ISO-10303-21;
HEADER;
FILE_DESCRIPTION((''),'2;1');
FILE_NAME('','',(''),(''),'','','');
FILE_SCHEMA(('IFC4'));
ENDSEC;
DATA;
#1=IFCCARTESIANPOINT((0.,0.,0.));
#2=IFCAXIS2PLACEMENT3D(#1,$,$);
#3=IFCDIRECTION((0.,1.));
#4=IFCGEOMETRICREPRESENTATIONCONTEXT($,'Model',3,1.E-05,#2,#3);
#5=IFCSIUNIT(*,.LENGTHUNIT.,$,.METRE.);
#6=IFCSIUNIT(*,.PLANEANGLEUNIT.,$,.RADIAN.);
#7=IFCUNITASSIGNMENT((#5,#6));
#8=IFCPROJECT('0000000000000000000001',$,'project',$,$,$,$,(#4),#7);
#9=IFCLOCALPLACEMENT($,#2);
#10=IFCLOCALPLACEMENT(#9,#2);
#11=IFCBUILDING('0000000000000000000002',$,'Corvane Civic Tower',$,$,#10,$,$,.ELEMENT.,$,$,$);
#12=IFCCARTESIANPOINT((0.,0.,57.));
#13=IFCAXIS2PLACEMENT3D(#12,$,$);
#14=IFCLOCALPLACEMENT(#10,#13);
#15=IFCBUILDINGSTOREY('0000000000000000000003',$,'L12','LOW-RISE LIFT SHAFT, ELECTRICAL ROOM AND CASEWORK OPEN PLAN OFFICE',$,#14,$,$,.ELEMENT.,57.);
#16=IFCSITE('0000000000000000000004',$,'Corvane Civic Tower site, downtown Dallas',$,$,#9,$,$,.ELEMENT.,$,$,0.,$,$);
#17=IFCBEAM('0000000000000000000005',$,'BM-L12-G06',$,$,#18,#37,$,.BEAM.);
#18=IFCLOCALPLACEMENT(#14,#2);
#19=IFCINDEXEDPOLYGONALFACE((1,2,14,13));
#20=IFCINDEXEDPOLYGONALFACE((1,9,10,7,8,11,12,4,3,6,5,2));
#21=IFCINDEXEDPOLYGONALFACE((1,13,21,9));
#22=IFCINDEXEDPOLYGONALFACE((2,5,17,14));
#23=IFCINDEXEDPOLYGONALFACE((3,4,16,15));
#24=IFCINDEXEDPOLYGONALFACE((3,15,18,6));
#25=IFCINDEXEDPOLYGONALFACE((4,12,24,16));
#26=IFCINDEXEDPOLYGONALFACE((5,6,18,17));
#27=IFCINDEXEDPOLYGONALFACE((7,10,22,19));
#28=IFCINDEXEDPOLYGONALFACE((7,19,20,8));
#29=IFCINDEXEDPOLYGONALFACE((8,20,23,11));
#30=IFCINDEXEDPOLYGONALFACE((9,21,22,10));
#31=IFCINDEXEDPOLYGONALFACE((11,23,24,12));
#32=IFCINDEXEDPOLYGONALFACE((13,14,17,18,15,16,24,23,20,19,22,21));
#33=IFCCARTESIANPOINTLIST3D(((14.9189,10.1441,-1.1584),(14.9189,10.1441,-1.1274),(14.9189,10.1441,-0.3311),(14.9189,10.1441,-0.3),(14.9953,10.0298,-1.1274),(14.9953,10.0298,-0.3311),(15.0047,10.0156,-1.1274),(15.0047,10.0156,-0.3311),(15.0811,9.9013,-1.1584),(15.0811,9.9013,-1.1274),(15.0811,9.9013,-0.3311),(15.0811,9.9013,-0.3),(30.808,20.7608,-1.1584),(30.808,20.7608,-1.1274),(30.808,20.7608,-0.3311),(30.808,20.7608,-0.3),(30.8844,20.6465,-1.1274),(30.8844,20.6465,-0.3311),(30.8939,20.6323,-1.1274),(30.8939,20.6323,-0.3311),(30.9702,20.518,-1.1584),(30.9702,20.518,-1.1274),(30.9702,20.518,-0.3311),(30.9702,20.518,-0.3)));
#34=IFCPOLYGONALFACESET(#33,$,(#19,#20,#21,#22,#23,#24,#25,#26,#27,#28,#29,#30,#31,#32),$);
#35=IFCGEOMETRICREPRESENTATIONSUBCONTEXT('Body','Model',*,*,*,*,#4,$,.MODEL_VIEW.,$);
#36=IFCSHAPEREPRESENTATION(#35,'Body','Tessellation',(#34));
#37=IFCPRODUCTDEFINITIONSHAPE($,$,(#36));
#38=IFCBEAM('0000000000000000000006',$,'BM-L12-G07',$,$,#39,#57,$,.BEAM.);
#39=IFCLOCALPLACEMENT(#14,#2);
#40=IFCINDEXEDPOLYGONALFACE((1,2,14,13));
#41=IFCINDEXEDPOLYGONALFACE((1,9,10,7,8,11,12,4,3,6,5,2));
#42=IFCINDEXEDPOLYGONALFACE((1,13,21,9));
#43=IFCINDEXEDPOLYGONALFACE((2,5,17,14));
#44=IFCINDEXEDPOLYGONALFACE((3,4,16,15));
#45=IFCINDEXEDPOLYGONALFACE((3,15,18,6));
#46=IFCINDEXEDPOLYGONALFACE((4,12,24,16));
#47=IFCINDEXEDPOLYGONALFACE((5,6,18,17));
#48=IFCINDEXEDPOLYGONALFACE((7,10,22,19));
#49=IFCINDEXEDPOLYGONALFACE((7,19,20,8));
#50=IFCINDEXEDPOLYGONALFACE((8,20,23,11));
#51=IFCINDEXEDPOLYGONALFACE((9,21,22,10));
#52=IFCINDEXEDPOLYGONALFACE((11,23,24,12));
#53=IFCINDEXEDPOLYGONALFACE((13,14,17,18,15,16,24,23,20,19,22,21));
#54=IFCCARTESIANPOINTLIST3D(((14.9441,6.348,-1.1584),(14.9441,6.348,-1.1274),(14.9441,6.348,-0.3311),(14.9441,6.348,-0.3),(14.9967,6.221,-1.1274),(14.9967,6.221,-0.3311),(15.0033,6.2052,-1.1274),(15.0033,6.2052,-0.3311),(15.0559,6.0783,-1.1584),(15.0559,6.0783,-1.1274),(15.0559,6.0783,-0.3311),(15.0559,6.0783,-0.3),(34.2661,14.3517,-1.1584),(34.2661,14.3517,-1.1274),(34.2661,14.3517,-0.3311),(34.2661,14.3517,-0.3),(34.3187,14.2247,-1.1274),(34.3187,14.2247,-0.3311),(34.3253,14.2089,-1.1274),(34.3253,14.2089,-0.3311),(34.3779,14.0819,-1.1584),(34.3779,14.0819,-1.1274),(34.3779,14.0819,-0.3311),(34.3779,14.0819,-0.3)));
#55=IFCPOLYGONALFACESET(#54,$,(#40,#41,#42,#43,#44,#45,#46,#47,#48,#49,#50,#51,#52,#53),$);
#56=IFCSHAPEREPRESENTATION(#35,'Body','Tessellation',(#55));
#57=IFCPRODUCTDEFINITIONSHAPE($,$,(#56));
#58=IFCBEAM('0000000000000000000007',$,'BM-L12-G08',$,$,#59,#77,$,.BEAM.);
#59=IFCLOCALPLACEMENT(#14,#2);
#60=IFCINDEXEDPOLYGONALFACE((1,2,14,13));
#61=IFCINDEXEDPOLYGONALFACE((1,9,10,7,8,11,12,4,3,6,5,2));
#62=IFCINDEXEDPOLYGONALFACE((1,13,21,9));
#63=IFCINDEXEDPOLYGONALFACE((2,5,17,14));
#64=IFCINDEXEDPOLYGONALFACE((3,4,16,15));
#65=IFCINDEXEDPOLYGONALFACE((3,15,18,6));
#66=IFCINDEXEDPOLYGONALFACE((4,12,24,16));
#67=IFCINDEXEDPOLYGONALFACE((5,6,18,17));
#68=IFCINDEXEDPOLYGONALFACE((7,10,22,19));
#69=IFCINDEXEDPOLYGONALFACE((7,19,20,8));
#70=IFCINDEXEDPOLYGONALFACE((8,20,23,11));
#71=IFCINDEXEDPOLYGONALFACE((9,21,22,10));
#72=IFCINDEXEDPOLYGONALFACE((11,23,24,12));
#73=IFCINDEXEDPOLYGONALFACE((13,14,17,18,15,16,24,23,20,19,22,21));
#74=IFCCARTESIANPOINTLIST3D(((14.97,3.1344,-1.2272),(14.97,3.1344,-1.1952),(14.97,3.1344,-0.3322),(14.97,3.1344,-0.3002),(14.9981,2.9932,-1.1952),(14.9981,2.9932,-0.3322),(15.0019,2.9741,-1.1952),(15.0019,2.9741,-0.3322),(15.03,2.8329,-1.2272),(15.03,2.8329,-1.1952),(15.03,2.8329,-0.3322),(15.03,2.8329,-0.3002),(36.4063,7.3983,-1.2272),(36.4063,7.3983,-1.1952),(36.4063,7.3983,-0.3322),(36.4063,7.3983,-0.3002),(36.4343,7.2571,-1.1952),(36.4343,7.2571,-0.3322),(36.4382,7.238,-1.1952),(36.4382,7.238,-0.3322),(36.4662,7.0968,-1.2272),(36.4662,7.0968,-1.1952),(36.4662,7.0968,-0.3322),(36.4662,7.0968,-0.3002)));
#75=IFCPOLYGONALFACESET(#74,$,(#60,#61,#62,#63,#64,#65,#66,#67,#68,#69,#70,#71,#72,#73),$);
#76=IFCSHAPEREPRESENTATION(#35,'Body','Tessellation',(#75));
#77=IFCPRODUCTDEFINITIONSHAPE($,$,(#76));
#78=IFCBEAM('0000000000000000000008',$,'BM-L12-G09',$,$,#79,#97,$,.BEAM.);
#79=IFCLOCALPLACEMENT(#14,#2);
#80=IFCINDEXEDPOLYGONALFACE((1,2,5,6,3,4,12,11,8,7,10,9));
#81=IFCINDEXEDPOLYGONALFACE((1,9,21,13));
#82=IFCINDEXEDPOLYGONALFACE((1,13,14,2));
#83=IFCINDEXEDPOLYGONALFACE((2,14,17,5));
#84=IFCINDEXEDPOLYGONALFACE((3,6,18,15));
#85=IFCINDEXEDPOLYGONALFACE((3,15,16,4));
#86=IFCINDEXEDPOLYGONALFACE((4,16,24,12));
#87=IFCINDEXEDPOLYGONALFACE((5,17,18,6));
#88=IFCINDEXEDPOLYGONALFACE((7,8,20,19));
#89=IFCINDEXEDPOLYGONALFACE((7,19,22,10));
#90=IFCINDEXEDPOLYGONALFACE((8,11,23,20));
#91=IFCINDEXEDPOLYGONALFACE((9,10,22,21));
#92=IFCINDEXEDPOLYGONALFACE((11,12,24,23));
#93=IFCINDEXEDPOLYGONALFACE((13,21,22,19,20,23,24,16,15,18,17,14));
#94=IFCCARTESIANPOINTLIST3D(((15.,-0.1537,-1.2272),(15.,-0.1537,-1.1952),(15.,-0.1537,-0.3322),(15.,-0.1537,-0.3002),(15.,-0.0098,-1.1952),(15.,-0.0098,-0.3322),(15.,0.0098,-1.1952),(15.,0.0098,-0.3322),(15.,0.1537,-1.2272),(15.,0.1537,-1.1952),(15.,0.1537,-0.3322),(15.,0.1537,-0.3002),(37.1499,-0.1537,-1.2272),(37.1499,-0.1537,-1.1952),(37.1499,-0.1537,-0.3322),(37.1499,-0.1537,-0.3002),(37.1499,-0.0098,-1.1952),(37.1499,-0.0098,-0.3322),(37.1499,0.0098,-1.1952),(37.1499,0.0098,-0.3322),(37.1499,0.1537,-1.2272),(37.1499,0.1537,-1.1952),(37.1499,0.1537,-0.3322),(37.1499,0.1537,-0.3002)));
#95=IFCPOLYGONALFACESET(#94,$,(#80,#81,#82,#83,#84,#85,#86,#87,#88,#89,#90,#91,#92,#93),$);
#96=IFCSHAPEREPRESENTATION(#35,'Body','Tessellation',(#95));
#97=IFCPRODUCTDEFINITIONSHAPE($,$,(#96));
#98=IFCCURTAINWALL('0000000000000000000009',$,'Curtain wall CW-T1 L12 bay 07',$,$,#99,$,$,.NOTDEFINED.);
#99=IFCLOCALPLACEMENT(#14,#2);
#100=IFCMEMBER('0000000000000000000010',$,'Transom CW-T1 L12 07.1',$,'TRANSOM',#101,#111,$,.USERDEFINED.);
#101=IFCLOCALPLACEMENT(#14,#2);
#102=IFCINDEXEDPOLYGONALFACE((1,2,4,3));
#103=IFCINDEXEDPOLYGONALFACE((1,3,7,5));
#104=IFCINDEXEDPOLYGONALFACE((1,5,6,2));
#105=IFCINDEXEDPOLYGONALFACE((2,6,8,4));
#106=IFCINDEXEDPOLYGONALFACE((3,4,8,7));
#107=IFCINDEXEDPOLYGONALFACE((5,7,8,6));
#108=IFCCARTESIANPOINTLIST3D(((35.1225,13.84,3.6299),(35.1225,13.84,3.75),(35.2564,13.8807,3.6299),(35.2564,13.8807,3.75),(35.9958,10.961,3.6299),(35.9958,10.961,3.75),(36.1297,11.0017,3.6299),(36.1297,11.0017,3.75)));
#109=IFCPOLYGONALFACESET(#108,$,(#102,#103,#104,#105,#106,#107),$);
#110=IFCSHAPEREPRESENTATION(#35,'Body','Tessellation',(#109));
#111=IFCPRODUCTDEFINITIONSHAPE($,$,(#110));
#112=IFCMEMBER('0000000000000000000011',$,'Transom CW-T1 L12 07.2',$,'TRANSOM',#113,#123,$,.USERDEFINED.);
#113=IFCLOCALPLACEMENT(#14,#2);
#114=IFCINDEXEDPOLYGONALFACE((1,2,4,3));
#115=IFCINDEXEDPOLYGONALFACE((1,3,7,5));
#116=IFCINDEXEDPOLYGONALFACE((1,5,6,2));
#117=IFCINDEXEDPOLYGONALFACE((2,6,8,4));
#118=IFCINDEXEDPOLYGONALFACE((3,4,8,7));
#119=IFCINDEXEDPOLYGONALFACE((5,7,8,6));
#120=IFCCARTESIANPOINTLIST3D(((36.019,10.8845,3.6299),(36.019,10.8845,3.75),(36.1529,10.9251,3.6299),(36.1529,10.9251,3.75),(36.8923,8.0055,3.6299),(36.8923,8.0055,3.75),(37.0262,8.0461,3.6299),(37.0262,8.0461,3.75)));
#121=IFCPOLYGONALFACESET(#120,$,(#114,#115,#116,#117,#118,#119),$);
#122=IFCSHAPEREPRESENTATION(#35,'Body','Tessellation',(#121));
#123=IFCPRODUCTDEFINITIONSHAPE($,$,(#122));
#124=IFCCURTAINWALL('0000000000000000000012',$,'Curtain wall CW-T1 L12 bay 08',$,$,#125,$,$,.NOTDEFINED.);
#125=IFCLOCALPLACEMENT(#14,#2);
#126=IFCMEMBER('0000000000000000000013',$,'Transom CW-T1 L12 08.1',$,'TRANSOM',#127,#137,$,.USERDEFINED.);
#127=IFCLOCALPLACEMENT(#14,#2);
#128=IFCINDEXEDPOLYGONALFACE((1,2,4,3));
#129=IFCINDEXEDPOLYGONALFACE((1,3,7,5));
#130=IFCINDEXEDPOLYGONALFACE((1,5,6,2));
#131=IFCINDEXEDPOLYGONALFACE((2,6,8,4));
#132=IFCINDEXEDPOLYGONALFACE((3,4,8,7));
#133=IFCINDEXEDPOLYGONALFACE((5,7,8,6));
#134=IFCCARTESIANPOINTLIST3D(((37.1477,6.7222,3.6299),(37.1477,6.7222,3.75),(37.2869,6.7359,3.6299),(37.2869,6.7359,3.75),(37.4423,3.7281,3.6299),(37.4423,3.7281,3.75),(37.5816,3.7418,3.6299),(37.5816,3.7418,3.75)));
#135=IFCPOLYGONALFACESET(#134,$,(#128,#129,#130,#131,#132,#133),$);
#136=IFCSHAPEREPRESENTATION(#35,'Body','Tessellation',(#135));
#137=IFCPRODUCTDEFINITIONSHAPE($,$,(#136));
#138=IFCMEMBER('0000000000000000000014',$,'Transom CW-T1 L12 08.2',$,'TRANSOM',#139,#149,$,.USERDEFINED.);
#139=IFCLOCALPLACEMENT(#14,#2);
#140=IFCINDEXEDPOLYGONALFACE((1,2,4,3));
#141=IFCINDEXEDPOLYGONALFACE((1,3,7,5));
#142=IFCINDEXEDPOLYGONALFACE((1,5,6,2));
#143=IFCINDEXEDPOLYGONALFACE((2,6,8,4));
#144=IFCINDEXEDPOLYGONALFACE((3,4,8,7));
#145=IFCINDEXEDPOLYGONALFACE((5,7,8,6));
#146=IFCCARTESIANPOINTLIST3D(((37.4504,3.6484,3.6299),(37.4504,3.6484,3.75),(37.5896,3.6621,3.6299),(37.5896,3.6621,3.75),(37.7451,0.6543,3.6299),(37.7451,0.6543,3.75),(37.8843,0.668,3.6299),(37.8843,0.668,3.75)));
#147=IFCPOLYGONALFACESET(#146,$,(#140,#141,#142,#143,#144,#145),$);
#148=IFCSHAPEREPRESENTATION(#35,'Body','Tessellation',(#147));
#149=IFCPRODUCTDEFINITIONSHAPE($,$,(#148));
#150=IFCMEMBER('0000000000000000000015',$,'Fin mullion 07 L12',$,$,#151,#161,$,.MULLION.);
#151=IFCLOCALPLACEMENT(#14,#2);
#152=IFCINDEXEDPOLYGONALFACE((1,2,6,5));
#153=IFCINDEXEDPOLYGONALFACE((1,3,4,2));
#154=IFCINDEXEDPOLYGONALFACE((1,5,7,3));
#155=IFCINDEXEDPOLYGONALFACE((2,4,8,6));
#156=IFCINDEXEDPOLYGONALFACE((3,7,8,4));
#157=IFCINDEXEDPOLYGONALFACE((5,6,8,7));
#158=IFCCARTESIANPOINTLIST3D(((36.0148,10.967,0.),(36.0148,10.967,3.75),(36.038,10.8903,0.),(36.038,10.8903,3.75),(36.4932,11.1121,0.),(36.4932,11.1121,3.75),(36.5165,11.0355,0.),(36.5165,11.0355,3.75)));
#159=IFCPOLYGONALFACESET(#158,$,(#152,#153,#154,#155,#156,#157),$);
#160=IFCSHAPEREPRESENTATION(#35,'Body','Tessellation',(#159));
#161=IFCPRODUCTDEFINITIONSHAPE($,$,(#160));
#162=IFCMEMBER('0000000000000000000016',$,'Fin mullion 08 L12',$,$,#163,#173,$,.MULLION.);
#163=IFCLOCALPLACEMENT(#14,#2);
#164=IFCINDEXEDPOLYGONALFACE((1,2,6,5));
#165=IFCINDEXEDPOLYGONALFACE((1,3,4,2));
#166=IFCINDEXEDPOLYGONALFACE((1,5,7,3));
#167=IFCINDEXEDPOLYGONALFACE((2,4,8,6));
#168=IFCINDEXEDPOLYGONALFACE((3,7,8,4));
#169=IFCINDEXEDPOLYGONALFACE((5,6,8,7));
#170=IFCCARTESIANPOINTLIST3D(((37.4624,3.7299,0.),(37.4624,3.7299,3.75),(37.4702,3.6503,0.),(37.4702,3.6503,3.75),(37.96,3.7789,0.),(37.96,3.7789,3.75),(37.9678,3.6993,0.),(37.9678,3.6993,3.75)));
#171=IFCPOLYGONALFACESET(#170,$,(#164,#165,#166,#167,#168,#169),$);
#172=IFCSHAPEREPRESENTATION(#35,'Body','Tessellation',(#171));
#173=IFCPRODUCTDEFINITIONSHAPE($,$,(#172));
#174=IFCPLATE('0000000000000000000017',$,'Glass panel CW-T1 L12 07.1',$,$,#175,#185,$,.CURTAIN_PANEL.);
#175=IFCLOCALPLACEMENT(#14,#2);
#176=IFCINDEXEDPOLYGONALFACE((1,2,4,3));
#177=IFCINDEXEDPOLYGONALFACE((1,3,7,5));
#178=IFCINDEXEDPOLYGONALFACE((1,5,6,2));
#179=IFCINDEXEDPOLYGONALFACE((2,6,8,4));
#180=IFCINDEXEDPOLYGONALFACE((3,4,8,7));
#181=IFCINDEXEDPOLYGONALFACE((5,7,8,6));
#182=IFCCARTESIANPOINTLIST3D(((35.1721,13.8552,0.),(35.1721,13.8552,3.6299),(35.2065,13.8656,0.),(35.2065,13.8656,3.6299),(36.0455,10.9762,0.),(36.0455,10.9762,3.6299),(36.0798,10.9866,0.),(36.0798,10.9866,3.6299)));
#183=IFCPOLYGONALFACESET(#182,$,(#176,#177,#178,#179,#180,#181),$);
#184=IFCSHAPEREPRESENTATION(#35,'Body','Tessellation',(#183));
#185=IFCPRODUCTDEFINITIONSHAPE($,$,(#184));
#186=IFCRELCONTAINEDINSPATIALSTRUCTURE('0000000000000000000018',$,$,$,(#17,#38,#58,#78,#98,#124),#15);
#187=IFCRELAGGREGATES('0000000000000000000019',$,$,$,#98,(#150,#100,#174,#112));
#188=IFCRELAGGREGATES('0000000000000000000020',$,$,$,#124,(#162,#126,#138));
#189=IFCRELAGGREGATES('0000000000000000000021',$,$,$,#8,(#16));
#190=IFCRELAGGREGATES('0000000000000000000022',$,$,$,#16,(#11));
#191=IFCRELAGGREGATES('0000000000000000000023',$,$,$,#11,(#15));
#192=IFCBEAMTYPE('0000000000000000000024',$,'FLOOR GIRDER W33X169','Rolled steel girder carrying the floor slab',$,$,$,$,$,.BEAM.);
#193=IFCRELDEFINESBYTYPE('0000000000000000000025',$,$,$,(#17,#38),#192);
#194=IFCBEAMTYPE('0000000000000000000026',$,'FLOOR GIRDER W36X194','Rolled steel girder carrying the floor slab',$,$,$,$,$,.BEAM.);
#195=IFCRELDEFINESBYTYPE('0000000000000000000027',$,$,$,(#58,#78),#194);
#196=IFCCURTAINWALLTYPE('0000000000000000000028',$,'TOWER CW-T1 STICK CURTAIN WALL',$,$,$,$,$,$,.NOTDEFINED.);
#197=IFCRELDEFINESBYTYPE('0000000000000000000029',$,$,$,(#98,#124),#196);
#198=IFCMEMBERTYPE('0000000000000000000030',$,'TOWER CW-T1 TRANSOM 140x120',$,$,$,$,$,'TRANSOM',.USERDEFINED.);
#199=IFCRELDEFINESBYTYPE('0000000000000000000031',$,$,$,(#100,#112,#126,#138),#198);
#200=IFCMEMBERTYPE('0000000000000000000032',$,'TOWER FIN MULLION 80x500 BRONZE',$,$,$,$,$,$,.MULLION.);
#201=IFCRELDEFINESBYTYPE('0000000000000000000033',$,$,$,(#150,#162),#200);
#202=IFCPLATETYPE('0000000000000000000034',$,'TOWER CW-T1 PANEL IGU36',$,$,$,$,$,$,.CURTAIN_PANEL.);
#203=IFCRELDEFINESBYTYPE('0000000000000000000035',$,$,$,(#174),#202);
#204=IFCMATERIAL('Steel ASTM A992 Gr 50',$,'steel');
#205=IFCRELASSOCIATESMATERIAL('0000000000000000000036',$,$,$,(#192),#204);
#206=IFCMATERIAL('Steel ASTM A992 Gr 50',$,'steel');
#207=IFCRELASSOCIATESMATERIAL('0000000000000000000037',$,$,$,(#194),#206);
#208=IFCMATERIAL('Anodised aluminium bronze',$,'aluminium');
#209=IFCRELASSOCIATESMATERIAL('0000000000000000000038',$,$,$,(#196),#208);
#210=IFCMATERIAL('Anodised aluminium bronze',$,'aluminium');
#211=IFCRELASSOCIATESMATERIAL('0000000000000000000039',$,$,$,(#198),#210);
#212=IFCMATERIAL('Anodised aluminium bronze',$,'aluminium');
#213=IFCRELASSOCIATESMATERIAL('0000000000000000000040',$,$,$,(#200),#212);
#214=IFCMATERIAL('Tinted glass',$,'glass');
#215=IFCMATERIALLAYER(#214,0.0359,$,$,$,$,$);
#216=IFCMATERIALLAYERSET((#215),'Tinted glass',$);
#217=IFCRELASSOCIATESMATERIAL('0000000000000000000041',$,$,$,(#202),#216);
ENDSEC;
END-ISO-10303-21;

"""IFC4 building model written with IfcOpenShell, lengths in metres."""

from ifc_helpers import new_model, si_unit, direction, frame, origin, origin_2d, place, context, subcontext, project, spatial, rectangle, i_section, extrude, material, layer, layer_set, material_profile, profile_set, type_object, element, aggregate, save


model = new_model("IFC4")

# Units and contexts
model_context = context("Model", 3, precision=1e-05, world=origin(), true_north=direction((0.0, 1.0)))
body_context = subcontext(model_context, "Body", "Model", "MODEL_VIEW")
ifc_project = project(units=[si_unit("LENGTHUNIT", "METRE"), si_unit("PLANEANGLEUNIT", "RADIAN")], contexts=[model_context])

# Site, building, storey
site_placement = place(None, origin())
site = spatial("IfcSite", under=ifc_project, at=site_placement, Name="Corvane Civic Tower site, downtown Dallas", CompositionType="ELEMENT", RefElevation=0.0)
building_placement = place(site_placement, origin())
building = spatial("IfcBuilding", under=site, at=building_placement, Name="Corvane Civic Tower", CompositionType="ELEMENT")
storey_placement = place(building_placement, frame((0.0, 0.0, 57.0)))
storey = spatial("IfcBuildingStorey", under=building, at=storey_placement, Name="L12", Description="LOW-RISE LIFT SHAFT, ELECTRICAL ROOM AND CASEWORK OPEN PLAN OFFICE", CompositionType="ELEMENT", Elevation=57.0)

# Beams
ifc_material_1 = material(Name="Steel ASTM A992 Gr 50", Category="steel")
ifc_material_profile_1 = material_profile(ifc_material_1, i_section(OverallWidth=0.292, OverallDepth=0.8584, WebThickness=0.0171, FlangeThickness=0.031, at=origin_2d()), Name="W33X169")
ifc_profile_set_1 = profile_set([ifc_material_profile_1], Name="Steel ASTM A992 Gr 50")
beam_type_1 = type_object("IfcBeamType", Name="FLOOR GIRDER W33X169", Description="Rolled steel girder carrying the floor slab", PredefinedType="BEAM", material=ifc_profile_set_1)
for number, where, z_axis, x_axis, name in (
    (1, (15.0, 10.0227, -0.7292), (0.831472, 0.555567, 0.0), (-0.555567, 0.831472, 0.0), "BM-L12-G06"),
):
    element("IfcBeam", number, at=place(storey_placement, frame(where, z_axis=z_axis, x_axis=x_axis)), inside=storey, type_object=beam_type_1, Name=name, PredefinedType="BEAM", context=body_context, shape_type="SweptSolid", body=[
        extrude(i_section(OverallWidth=0.292, OverallDepth=0.8584, WebThickness=0.0171, FlangeThickness=0.031, at=origin_2d()), origin(), (0.0, 0.0, 1.0), 19.1096),
    ])
beam_1_placement = place(storey_placement, frame((15.0, 6.2131, -0.7292), z_axis=(0.923876, 0.382692, 0.0), x_axis=(-0.382692, 0.923876, 0.0)))
element("IfcBeam", 2, at=beam_1_placement, inside=storey, type_object=beam_type_1, Name="BM-L12-G07", PredefinedType="BEAM", context=body_context, shape_type="SweptSolid", body=[
    extrude(i_section(OverallWidth=0.292, OverallDepth=0.8584, WebThickness=0.0171, FlangeThickness=0.031, at=origin_2d()), origin(), (0.0, 0.0, 1.0), 20.9141),
])
ifc_material_2 = material(Name="Steel ASTM A992 Gr 50", Category="steel")
ifc_material_profile_2 = material_profile(ifc_material_2, i_section(OverallWidth=0.3074, OverallDepth=0.927, WebThickness=0.0195, FlangeThickness=0.032, at=origin_2d()), Name="W36X194")
ifc_profile_set_2 = profile_set([ifc_material_profile_2], Name="Steel ASTM A992 Gr 50")
beam_type_2 = type_object("IfcBeamType", Name="FLOOR GIRDER W36X194", Description="Rolled steel girder carrying the floor slab", PredefinedType="BEAM", material=ifc_profile_set_2)
beam_2_placement = place(storey_placement, frame((15.0, 2.9836, -0.7637), z_axis=(0.980785, 0.195089, 0.0), x_axis=(-0.195089, 0.980785, 0.0)))
element("IfcBeam", 3, at=beam_2_placement, inside=storey, type_object=beam_type_2, Name="BM-L12-G08", PredefinedType="BEAM", context=body_context, shape_type="SweptSolid", body=[
    extrude(i_section(OverallWidth=0.3074, OverallDepth=0.927, WebThickness=0.0195, FlangeThickness=0.032, at=origin_2d()), origin(), (0.0, 0.0, 1.0), 21.8562),
])
beam_3_placement = place(storey_placement, frame((15.0, 0.0, -0.7637), z_axis=(1.0, 0.0, 0.0), x_axis=(0.0, 1.0, 0.0)))
element("IfcBeam", 4, at=beam_3_placement, inside=storey, type_object=beam_type_2, Name="BM-L12-G09", PredefinedType="BEAM", context=body_context, shape_type="SweptSolid", body=[
    extrude(i_section(OverallWidth=0.3074, OverallDepth=0.927, WebThickness=0.0195, FlangeThickness=0.032, at=origin_2d()), origin(), (0.0, 0.0, 1.0), 22.1499),
])

# Curtain walls, members
ifc_material_3 = material(Name="Anodised aluminium bronze", Category="aluminium")
curtain_wall_type = type_object("IfcCurtainWallType", Name="TOWER CW-T1 STICK CURTAIN WALL", PredefinedType="NOTDEFINED", material=ifc_material_3)
curtain_wall_1_placement = place(storey_placement, origin())
curtain_wall_1 = element("IfcCurtainWall", 5, at=curtain_wall_1_placement, inside=storey, type_object=curtain_wall_type, Name="Curtain wall CW-T1 L12 bay 07", PredefinedType="NOTDEFINED")
ifc_material_4 = material(Name="Anodised aluminium bronze", Category="aluminium")
ifc_material_profile_3 = material_profile(ifc_material_4, rectangle(XDim=0.1399, YDim=0.1201, at=origin_2d()), Name="TOWER CW-T1 TRANSOM 140x120")
ifc_profile_set_3 = profile_set([ifc_material_profile_3], Name="Anodised aluminium bronze")
member_type_1 = type_object("IfcMemberType", Name="TOWER CW-T1 TRANSOM 140x120", ElementType="TRANSOM", PredefinedType="USERDEFINED", material=ifc_profile_set_3)
member_1_placement = place(storey_placement, frame((35.1895, 13.8604, 3.6899), z_axis=(0.29028, -0.956942, 0.0), x_axis=(0.956942, 0.29028, 0.0)))
member_1 = element("IfcMember", 6, at=member_1_placement, type_object=member_type_1, Name="Transom CW-T1 L12 07.1", ObjectType="TRANSOM", PredefinedType="USERDEFINED", context=body_context, shape_type="SweptSolid", body=[
    extrude(rectangle(XDim=0.1399, YDim=0.1201, at=origin_2d()), origin(), (0.0, 0.0, 1.0), 3.0085),
])
member_2_placement = place(storey_placement, frame((36.0859, 10.9048, 3.6899), z_axis=(0.29028, -0.956942, 0.0), x_axis=(0.956942, 0.29028, 0.0)))
member_2 = element("IfcMember", 7, at=member_2_placement, type_object=member_type_1, Name="Transom CW-T1 L12 07.2", ObjectType="TRANSOM", PredefinedType="USERDEFINED", context=body_context, shape_type="SweptSolid", body=[
    extrude(rectangle(XDim=0.1399, YDim=0.1201, at=origin_2d()), origin(), (0.0, 0.0, 1.0), 3.0085),
])
curtain_wall_2_placement = place(storey_placement, origin())
curtain_wall_2 = element("IfcCurtainWall", 8, at=curtain_wall_2_placement, inside=storey, type_object=curtain_wall_type, Name="Curtain wall CW-T1 L12 bay 08", PredefinedType="NOTDEFINED")
member_3_placement = place(storey_placement, frame((37.2173, 6.729, 3.6899), z_axis=(0.097945, -0.995192, 0.0), x_axis=(0.995192, 0.097945, 0.0)))
member_3 = element("IfcMember", 9, at=member_3_placement, type_object=member_type_1, Name="Transom CW-T1 L12 08.1", ObjectType="TRANSOM", PredefinedType="USERDEFINED", context=body_context, shape_type="SweptSolid", body=[
    extrude(rectangle(XDim=0.1399, YDim=0.1201, at=origin_2d()), origin(), (0.0, 0.0, 1.0), 3.0085),
])
member_4_placement = place(storey_placement, frame((37.52, 3.6553, 3.6899), z_axis=(0.097945, -0.995192, 0.0), x_axis=(0.995192, 0.097945, 0.0)))
member_4 = element("IfcMember", 10, at=member_4_placement, type_object=member_type_1, Name="Transom CW-T1 L12 08.2", ObjectType="TRANSOM", PredefinedType="USERDEFINED", context=body_context, shape_type="SweptSolid", body=[
    extrude(rectangle(XDim=0.1399, YDim=0.1201, at=origin_2d()), origin(), (0.0, 0.0, 1.0), 3.0085),
])

# Members
ifc_material_5 = material(Name="Anodised aluminium bronze", Category="aluminium")
ifc_material_profile_4 = material_profile(ifc_material_5, rectangle(XDim=0.0801, YDim=0.5, at=origin_2d()), Name="TOWER FIN MULLION 80x500 BRONZE")
ifc_profile_set_4 = profile_set([ifc_material_profile_4], Name="Anodised aluminium bronze")
member_type_2 = type_object("IfcMemberType", Name="TOWER FIN MULLION 80x500 BRONZE", PredefinedType="MULLION", material=ifc_profile_set_4)
member_5_placement = place(storey_placement, frame((36.2656, 11.0012, 0.0), z_axis=(0.0, 0.0, 1.0), x_axis=(0.290278, -0.956942, 0.0)))
member_5 = element("IfcMember", 11, at=member_5_placement, type_object=member_type_2, Name="Fin mullion 07 L12", PredefinedType="MULLION", context=body_context, shape_type="SweptSolid", body=[
    extrude(rectangle(XDim=0.0801, YDim=0.5, at=origin_2d()), origin(), (0.0, 0.0, 1.0), 3.75),
])
member_6_placement = place(storey_placement, frame((37.7151, 3.7146, 0.0), z_axis=(0.0, 0.0, 1.0), x_axis=(0.098006, -0.995186, 0.0)))
member_6 = element("IfcMember", 12, at=member_6_placement, type_object=member_type_2, Name="Fin mullion 08 L12", PredefinedType="MULLION", context=body_context, shape_type="SweptSolid", body=[
    extrude(rectangle(XDim=0.0801, YDim=0.5, at=origin_2d()), origin(), (0.0, 0.0, 1.0), 3.75),
])

# Plate
ifc_material_6 = material(Name="Tinted glass", Category="glass")
ifc_layer_1 = layer(ifc_material_6, 0.0359)
ifc_layer_set_1 = layer_set([ifc_layer_1], Name="Tinted glass")
plate_type = type_object("IfcPlateType", Name="TOWER CW-T1 PANEL IGU36", PredefinedType="CURTAIN_PANEL", material=ifc_layer_set_1)
plate_1_placement = place(storey_placement, frame((35.626, 12.4209, 0.0), z_axis=(0.0, 0.0, 1.0), x_axis=(0.290278, -0.956942, 0.0)))
plate_1 = element("IfcPlate", 13, at=plate_1_placement, type_object=plate_type, Name="Glass panel CW-T1 L12 07.1", PredefinedType="CURTAIN_PANEL", context=body_context, shape_type="SweptSolid", body=[
    extrude(rectangle(XDim=3.0085, YDim=0.0359, at=origin_2d()), origin(), (0.0, 0.0, 1.0), 3.6299),
])
aggregate(curtain_wall_1, [member_5, member_1, plate_1, member_2])
aggregate(curtain_wall_2, [member_6, member_3, member_4])

save(model, "model.ifc")
